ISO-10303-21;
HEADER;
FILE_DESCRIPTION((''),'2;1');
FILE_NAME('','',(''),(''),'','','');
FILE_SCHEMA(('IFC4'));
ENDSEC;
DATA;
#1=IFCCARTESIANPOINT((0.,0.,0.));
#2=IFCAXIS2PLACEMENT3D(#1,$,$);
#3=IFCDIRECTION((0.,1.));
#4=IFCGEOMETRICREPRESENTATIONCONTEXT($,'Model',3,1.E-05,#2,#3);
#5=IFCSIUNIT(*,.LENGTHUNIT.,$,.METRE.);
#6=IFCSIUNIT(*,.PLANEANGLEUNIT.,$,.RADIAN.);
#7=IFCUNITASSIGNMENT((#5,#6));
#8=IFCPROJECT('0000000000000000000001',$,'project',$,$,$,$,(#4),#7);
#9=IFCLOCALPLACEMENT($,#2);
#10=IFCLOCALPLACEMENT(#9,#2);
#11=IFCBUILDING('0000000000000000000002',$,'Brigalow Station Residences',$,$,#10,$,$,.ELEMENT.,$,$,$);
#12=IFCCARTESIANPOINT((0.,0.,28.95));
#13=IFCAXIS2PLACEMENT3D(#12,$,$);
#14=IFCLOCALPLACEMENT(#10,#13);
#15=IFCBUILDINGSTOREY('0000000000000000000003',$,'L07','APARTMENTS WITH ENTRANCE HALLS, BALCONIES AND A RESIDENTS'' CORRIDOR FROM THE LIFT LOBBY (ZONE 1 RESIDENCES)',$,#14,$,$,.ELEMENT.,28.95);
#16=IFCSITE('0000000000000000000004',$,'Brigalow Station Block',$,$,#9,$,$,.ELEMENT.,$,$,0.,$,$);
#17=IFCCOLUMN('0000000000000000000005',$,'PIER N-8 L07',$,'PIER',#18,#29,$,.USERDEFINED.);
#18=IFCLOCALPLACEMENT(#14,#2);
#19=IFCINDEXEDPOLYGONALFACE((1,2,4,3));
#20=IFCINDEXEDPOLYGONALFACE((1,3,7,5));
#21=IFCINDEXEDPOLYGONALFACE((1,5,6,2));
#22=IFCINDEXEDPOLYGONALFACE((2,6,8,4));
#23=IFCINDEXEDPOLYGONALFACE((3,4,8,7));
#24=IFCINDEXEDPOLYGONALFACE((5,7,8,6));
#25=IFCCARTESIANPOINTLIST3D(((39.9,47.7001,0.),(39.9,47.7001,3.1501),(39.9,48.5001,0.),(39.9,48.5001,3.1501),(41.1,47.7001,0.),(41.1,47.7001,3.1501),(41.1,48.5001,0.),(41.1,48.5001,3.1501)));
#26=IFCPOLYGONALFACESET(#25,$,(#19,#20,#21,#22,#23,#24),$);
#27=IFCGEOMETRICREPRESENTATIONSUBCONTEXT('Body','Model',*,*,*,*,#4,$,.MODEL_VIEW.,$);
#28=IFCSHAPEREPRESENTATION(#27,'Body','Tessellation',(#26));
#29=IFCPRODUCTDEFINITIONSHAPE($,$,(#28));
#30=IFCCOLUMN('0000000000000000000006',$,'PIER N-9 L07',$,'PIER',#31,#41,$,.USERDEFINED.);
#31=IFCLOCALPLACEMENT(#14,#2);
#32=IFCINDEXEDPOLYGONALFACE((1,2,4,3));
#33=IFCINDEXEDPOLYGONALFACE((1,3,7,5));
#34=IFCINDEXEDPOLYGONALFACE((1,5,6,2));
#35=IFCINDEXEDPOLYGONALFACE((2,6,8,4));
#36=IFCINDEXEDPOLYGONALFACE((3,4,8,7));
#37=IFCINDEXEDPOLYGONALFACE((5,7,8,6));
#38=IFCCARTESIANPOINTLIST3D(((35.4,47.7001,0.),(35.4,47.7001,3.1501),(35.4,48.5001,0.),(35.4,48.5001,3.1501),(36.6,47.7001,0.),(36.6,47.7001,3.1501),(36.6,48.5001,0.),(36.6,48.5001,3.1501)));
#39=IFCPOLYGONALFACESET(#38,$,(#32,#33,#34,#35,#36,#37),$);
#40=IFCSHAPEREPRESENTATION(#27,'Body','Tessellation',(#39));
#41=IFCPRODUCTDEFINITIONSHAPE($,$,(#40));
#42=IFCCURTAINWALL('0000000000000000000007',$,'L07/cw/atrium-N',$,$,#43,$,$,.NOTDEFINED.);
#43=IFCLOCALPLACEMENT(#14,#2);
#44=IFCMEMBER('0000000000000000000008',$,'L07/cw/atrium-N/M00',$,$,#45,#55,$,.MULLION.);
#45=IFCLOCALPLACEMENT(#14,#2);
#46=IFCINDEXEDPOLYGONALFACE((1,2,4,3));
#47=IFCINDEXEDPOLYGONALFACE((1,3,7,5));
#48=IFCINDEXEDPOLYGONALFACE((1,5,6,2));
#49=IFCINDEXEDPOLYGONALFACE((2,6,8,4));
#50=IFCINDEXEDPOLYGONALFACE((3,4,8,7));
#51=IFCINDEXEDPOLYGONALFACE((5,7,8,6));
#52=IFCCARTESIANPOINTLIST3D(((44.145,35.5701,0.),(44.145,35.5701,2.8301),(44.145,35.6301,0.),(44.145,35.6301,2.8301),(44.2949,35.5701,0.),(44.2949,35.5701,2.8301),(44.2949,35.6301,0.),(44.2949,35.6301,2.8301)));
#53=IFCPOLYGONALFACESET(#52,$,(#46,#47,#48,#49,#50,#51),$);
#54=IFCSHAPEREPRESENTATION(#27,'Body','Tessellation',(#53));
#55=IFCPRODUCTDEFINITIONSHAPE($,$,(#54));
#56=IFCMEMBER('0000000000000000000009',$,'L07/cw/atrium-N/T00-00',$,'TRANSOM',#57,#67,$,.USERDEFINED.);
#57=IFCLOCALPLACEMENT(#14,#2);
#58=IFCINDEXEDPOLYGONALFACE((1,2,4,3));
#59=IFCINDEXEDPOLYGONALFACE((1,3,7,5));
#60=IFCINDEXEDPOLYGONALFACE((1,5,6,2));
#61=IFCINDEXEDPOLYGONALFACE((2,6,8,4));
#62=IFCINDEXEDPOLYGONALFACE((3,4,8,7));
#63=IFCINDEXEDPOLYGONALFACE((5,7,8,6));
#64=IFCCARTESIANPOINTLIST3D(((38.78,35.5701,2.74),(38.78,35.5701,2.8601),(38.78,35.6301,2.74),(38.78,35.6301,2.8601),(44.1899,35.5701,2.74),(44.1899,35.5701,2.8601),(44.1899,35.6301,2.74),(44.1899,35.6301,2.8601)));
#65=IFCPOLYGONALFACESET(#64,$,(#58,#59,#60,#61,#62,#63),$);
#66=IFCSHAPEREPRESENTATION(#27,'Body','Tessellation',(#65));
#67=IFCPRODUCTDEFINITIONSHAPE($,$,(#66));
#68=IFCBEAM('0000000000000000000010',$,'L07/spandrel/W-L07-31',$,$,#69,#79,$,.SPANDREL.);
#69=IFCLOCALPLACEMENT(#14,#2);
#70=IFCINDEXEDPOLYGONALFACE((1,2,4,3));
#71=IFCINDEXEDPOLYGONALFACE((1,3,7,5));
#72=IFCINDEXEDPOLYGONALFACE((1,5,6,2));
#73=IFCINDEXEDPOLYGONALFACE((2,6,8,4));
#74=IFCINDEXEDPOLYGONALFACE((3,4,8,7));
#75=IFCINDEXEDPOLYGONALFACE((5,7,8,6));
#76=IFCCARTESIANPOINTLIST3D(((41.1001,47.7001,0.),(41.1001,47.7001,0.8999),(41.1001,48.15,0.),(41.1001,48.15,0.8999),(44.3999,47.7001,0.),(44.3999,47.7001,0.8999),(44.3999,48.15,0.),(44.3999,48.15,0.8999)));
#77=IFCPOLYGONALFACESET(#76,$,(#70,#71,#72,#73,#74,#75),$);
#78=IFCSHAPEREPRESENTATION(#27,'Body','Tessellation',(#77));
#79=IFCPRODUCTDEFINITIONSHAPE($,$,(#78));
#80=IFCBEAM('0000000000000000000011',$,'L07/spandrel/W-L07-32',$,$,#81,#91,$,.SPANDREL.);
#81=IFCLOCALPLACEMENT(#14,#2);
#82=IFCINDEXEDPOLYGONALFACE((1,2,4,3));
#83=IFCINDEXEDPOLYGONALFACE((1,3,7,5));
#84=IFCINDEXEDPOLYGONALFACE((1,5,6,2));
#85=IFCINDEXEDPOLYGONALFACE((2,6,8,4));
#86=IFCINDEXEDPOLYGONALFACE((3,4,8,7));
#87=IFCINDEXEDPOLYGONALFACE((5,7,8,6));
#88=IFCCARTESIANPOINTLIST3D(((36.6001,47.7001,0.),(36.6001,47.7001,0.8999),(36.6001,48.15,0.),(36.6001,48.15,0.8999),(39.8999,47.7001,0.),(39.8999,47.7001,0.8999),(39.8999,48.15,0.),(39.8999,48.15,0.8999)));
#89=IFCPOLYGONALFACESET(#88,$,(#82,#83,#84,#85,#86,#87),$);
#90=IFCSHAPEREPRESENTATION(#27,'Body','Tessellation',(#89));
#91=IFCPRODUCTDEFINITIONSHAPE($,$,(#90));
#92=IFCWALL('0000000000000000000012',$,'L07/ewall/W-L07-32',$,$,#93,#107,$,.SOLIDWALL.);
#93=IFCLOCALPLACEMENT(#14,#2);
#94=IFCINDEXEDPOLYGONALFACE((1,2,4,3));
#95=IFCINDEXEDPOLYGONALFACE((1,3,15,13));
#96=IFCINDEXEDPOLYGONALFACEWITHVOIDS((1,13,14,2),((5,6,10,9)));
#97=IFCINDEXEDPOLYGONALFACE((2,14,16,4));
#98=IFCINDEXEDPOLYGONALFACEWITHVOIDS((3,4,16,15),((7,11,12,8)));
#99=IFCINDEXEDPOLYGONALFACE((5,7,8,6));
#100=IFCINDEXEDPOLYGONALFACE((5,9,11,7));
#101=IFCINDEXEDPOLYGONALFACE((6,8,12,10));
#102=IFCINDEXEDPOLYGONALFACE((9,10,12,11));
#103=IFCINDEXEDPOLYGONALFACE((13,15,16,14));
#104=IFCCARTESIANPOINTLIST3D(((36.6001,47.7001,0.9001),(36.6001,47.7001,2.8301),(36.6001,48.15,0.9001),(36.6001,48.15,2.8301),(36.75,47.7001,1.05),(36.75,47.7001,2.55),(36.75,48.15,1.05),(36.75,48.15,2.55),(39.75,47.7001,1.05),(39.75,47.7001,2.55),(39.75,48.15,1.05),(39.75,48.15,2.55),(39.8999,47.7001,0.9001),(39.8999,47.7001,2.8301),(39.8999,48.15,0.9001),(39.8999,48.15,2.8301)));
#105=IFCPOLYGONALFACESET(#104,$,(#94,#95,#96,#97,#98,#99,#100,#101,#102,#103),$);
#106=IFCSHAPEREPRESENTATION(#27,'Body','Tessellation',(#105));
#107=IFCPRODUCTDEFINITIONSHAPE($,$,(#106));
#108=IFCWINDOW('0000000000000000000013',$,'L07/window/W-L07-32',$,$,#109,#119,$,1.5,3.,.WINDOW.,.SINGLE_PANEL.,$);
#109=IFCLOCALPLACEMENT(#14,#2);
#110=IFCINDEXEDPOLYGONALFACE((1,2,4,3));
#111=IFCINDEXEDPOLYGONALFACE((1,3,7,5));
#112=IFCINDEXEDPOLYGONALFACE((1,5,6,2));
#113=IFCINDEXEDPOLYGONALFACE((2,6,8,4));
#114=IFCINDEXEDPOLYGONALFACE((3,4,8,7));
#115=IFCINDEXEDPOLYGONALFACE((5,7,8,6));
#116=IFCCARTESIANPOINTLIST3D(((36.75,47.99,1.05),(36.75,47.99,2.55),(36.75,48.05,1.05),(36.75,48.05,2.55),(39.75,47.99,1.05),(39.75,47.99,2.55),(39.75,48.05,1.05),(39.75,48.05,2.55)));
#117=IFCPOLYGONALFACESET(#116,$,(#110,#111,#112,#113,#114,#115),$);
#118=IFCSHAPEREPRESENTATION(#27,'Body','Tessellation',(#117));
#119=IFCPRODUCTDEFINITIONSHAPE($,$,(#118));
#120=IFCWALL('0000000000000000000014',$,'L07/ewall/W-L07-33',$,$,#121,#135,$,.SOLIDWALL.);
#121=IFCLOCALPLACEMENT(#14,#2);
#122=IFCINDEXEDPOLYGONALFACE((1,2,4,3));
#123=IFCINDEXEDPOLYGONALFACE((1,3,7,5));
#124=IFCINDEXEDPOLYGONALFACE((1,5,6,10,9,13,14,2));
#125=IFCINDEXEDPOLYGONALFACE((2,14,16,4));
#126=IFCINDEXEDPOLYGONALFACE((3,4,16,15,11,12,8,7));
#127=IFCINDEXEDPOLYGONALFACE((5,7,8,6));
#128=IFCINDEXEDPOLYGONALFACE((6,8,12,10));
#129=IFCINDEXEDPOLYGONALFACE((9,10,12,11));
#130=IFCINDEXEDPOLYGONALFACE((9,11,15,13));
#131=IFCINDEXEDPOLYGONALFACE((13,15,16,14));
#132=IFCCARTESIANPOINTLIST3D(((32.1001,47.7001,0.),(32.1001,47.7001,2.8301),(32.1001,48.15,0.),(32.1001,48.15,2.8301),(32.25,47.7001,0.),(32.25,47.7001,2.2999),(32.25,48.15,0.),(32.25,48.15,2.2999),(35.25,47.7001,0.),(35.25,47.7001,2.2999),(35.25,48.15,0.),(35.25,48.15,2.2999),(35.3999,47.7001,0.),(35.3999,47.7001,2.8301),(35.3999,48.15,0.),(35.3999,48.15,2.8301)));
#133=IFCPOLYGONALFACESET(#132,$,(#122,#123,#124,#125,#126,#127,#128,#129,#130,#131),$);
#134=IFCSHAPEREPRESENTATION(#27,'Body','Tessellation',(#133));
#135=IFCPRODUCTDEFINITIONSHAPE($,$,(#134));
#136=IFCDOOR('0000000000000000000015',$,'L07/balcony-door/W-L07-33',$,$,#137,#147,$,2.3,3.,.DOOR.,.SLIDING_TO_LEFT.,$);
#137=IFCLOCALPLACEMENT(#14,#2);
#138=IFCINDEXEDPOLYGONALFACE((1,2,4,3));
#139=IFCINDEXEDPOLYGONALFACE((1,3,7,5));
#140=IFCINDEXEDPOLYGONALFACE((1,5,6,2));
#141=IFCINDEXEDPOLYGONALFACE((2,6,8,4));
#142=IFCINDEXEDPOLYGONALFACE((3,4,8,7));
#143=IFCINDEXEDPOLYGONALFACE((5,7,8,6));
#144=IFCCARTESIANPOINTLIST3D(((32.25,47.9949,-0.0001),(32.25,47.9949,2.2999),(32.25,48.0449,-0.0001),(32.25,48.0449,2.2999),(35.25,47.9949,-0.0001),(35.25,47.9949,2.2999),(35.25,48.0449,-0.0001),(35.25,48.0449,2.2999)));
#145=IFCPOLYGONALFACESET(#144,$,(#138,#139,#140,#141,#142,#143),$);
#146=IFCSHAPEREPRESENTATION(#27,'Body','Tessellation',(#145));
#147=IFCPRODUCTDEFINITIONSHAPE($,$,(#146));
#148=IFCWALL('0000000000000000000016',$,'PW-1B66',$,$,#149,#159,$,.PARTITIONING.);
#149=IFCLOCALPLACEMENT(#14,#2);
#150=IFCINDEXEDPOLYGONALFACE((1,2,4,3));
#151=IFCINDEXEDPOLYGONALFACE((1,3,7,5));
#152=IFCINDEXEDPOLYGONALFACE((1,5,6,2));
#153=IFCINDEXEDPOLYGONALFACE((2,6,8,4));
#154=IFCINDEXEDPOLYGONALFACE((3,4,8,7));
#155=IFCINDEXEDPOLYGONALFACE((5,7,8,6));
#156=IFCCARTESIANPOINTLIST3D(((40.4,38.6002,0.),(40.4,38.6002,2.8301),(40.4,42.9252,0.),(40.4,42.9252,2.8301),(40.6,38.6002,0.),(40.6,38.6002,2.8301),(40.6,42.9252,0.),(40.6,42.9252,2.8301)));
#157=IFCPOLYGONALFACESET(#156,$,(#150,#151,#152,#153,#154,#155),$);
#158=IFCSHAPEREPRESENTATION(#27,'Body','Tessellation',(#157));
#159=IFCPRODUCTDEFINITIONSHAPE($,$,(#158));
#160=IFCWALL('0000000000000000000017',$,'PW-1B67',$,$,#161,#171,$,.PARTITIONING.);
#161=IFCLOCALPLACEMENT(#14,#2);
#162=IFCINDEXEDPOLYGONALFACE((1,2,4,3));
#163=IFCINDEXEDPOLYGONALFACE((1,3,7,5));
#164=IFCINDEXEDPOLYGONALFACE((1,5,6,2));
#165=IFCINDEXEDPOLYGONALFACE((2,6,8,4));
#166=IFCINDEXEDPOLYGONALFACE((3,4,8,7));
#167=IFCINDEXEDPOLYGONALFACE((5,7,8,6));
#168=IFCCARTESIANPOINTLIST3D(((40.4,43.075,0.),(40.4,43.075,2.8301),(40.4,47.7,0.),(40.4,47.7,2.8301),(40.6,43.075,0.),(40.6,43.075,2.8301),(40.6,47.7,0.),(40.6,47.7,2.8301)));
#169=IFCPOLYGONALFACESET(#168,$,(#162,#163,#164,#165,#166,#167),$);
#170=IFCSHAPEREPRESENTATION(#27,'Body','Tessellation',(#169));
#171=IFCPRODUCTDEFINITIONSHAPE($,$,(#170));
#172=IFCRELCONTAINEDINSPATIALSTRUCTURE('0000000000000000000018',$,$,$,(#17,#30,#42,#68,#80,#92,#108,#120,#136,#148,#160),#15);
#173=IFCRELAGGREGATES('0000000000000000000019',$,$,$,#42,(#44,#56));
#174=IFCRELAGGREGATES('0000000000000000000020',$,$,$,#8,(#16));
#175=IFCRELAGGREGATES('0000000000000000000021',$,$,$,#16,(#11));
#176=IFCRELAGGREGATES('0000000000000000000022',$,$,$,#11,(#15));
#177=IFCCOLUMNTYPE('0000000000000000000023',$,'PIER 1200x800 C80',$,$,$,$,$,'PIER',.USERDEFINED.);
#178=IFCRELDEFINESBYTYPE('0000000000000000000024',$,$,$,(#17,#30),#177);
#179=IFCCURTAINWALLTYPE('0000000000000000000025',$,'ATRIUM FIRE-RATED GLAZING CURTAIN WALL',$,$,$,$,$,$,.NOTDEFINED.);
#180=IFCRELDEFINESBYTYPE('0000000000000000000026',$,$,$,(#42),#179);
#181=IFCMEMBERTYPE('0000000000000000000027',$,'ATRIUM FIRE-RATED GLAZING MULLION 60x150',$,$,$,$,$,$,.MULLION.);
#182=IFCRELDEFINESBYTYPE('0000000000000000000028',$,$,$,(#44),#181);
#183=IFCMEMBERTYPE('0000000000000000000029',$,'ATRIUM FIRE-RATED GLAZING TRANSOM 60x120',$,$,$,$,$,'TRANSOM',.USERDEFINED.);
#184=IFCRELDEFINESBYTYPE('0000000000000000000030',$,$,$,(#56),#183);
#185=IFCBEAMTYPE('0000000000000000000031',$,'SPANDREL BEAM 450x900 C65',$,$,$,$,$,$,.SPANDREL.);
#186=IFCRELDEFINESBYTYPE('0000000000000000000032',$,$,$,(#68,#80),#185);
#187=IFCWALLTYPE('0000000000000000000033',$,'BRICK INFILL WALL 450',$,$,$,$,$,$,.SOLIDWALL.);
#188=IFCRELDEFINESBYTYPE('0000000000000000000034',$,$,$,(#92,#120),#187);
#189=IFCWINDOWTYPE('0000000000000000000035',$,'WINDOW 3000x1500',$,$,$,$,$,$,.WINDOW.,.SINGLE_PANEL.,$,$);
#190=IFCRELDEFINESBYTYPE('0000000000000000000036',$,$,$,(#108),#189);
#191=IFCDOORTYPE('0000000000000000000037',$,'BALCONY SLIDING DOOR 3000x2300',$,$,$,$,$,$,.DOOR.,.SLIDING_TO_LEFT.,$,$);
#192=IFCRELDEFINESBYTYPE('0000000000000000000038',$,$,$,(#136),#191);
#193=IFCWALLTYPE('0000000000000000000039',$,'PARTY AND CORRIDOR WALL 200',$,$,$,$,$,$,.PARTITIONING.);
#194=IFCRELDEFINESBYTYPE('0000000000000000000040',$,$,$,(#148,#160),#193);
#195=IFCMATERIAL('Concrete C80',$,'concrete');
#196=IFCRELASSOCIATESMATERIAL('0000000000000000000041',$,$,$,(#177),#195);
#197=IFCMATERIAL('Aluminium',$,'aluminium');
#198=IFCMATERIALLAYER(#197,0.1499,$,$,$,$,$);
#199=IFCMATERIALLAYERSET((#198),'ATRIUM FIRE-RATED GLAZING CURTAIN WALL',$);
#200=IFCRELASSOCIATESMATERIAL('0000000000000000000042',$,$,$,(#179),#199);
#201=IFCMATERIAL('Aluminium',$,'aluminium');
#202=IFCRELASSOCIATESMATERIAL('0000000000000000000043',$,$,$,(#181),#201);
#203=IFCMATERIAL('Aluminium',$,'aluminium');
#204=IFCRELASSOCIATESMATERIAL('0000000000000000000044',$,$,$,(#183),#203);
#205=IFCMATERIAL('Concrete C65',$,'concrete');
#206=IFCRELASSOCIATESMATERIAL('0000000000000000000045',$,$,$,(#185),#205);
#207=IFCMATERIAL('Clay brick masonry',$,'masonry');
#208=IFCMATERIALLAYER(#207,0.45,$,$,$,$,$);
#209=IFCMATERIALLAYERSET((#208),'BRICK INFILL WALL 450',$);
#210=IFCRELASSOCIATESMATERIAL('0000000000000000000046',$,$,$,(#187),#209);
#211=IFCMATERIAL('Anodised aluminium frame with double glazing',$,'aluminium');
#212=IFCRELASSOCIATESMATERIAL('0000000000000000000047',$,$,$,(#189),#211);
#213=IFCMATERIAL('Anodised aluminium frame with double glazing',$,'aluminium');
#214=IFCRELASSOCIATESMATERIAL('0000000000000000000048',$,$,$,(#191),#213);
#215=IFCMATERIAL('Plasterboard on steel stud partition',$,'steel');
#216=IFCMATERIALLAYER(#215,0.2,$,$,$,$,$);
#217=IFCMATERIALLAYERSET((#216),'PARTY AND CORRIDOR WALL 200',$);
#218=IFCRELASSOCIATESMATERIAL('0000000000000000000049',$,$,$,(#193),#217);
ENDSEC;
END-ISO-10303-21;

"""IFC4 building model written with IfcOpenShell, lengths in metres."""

from ifc_helpers import new_model, si_unit, direction, frame, frame_2d, origin, origin_2d, place, context, subcontext, project, spatial, rectangle, extrude, material, layer, layer_set, material_profile, profile_set, type_object, element, fill, aggregate, save


model = new_model("IFC4")

# Units and contexts
model_context = context("Model", 3, precision=1e-05, world=origin(), true_north=direction((0.0, 1.0)))
body_context = subcontext(model_context, "Body", "Model", "MODEL_VIEW")
ifc_project = project(units=[si_unit("LENGTHUNIT", "METRE"), si_unit("PLANEANGLEUNIT", "RADIAN")], contexts=[model_context])

# Site, building, storey
site_placement = place(None, origin())
site = spatial("IfcSite", under=ifc_project, at=site_placement, Name="Brigalow Station Block", CompositionType="ELEMENT", RefElevation=0.0)
building_placement = place(site_placement, origin())
building = spatial("IfcBuilding", under=site, at=building_placement, Name="Brigalow Station Residences", CompositionType="ELEMENT")
storey_placement = place(building_placement, frame((0.0, 0.0, 28.95)))
storey = spatial("IfcBuildingStorey", under=building, at=storey_placement, Name="L07", Description="APARTMENTS WITH ENTRANCE HALLS, BALCONIES AND A RESIDENTS' CORRIDOR FROM THE LIFT LOBBY (ZONE 1 RESIDENCES)", CompositionType="ELEMENT", Elevation=28.95)

# Columns
ifc_material_1 = material(Name="Concrete C80", Category="concrete")
ifc_material_profile_1 = material_profile(ifc_material_1, rectangle(XDim=1.2, YDim=0.8, at=origin_2d()), Name="RC1200x800")
ifc_profile_set_1 = profile_set([ifc_material_profile_1], Name="Concrete C80")
column_type = type_object("IfcColumnType", Name="PIER 1200x800 C80", ElementType="PIER", PredefinedType="USERDEFINED", material=ifc_profile_set_1)
for number, where, z_axis, x_axis, name in (
    (1, (40.5, 48.1001, 0.0), (0.0, 0.0, 1.0), (-1.0, 0.0, 0.0), "PIER N-8 L07"),
    (2, (36.0, 48.1001, 0.0), (0.0, 0.0, 1.0), (-1.0, 0.0, 0.0), "PIER N-9 L07"),
):
    element("IfcColumn", number, at=place(storey_placement, frame(where, z_axis=z_axis, x_axis=x_axis)), inside=storey, type_object=column_type, Name=name, ObjectType="PIER", PredefinedType="USERDEFINED", context=body_context, shape_type="SweptSolid", body=[
        extrude(rectangle(XDim=1.2, YDim=0.8, at=origin_2d()), origin(), (0.0, 0.0, 1.0), 3.1501),
    ])

# Curtain wall, members
ifc_material_2 = material(Name="Aluminium", Category="aluminium")
ifc_layer_1 = layer(ifc_material_2, 0.1499)
ifc_layer_set_1 = layer_set([ifc_layer_1], Name="ATRIUM FIRE-RATED GLAZING CURTAIN WALL")
curtain_wall_type = type_object("IfcCurtainWallType", Name="ATRIUM FIRE-RATED GLAZING CURTAIN WALL", PredefinedType="NOTDEFINED", material=ifc_layer_set_1)
curtain_wall_placement = place(storey_placement, origin())
curtain_wall = element("IfcCurtainWall", 3, at=curtain_wall_placement, inside=storey, type_object=curtain_wall_type, Name="L07/cw/atrium-N", PredefinedType="NOTDEFINED")
ifc_material_3 = material(Name="Aluminium", Category="aluminium")
ifc_material_profile_2 = material_profile(ifc_material_3, rectangle(XDim=0.0601, YDim=0.1499, at=origin_2d()), Name="ATRIUM FIRE-RATED GLAZING MULLION 60x150")
ifc_profile_set_2 = profile_set([ifc_material_profile_2], Name="Aluminium")
member_type_1 = type_object("IfcMemberType", Name="ATRIUM FIRE-RATED GLAZING MULLION 60x150", PredefinedType="MULLION", material=ifc_profile_set_2)
member_1_placement = place(storey_placement, frame((44.22, 35.6001, 0.0), z_axis=(0.0, 0.0, 1.0), x_axis=(0.0, -1.0, 0.0)))
member_1 = element("IfcMember", 4, at=member_1_placement, type_object=member_type_1, Name="L07/cw/atrium-N/M00", PredefinedType="MULLION", context=body_context, shape_type="SweptSolid", body=[
    extrude(rectangle(XDim=0.0601, YDim=0.1499, at=origin_2d()), origin(), (0.0, 0.0, 1.0), 2.8301),
])
ifc_material_4 = material(Name="Aluminium", Category="aluminium")
ifc_material_profile_3 = material_profile(ifc_material_4, rectangle(XDim=0.0601, YDim=0.1201, at=origin_2d()), Name="ATRIUM FIRE-RATED GLAZING TRANSOM 60x120")
ifc_profile_set_3 = profile_set([ifc_material_profile_3], Name="Aluminium")
member_type_2 = type_object("IfcMemberType", Name="ATRIUM FIRE-RATED GLAZING TRANSOM 60x120", ElementType="TRANSOM", PredefinedType="USERDEFINED", material=ifc_profile_set_3)
member_2_placement = place(storey_placement, frame((44.1899, 35.6001, 2.8), z_axis=(-1.0, 0.0, 0.0), x_axis=(0.0, -1.0, 0.0)))
member_2 = element("IfcMember", 5, at=member_2_placement, type_object=member_type_2, Name="L07/cw/atrium-N/T00-00", ObjectType="TRANSOM", PredefinedType="USERDEFINED", context=body_context, shape_type="SweptSolid", body=[
    extrude(rectangle(XDim=0.0601, YDim=0.1201, at=origin_2d()), origin(), (0.0, 0.0, 1.0), 5.4099),
])
aggregate(curtain_wall, [member_1, member_2])

# Beams
ifc_material_5 = material(Name="Concrete C65", Category="concrete")
ifc_material_profile_4 = material_profile(ifc_material_5, rectangle(XDim=0.45, YDim=0.8999, at=origin_2d()), Name="RC450x900")
ifc_profile_set_4 = profile_set([ifc_material_profile_4], Name="Concrete C65")
beam_type = type_object("IfcBeamType", Name="SPANDREL BEAM 450x900 C65", PredefinedType="SPANDREL", material=ifc_profile_set_4)
for number, where, z_axis, x_axis, name in (
    (6, (44.3999, 47.925, 0.45), (-1.0, 0.0, 0.0), (0.0, -1.0, 0.0), "L07/spandrel/W-L07-31"),
    (7, (39.8999, 47.925, 0.45), (-1.0, 0.0, 0.0), (0.0, -1.0, 0.0), "L07/spandrel/W-L07-32"),
):
    element("IfcBeam", number, at=place(storey_placement, frame(where, z_axis=z_axis, x_axis=x_axis)), inside=storey, type_object=beam_type, Name=name, PredefinedType="SPANDREL", context=body_context, shape_type="SweptSolid", body=[
        extrude(rectangle(XDim=0.45, YDim=0.8999, at=origin_2d()), origin(), (0.0, 0.0, 1.0), 3.2998),
    ])

# Wall, opening, window
ifc_material_6 = material(Name="Clay brick masonry", Category="masonry")
ifc_layer_2 = layer(ifc_material_6, 0.45)
ifc_layer_set_2 = layer_set([ifc_layer_2], Name="BRICK INFILL WALL 450")
wall_type_1 = type_object("IfcWallType", Name="BRICK INFILL WALL 450", PredefinedType="SOLIDWALL", material=ifc_layer_set_2)
wall_1_placement = place(storey_placement, frame((39.8999, 47.925, 0.9001), z_axis=(0.0, 0.0, 1.0), x_axis=(-1.0, 0.0, 0.0)))
wall_1 = element("IfcWall", 8, at=wall_1_placement, inside=storey, type_object=wall_type_1, Name="L07/ewall/W-L07-32", PredefinedType="SOLIDWALL", context=body_context, shape_type="SweptSolid", body=[
    extrude(rectangle(XDim=3.2998, YDim=0.45, at=frame_2d((1.6499, 0.0))), origin(), (0.0, 0.0, 1.0), 1.9299),
])
opening_1_placement = place(wall_1_placement, frame((0.1499, 0.0, 0.1499)))
opening_1 = element("IfcOpeningElement", 9, at=opening_1_placement, cuts=wall_1, PredefinedType="OPENING", context=body_context, shape_type="SweptSolid", body=[
    extrude(rectangle(XDim=3.0, YDim=1.5, at=frame_2d((1.5, 0.75))), frame((0.0, 0.2349, 0.0), z_axis=(0.0, -1.0, 0.0), x_axis=(1.0, 0.0, 0.0)), (0.0, 0.0, 1.0), 0.47),
])
ifc_material_7 = material(Name="Anodised aluminium frame with double glazing", Category="aluminium")
window_type = type_object("IfcWindowType", Name="WINDOW 3000x1500", PartitioningType="SINGLE_PANEL", PredefinedType="WINDOW", material=ifc_material_7)
window_placement = place(opening_1_placement, origin())
window = element("IfcWindow", 10, at=window_placement, inside=storey, type_object=window_type, Name="L07/window/W-L07-32", OverallHeight=1.5, OverallWidth=3.0, PartitioningType="SINGLE_PANEL", PredefinedType="WINDOW", context=body_context, shape_type="SweptSolid", body=[
    extrude(rectangle(XDim=3.0, YDim=1.5, at=frame_2d((1.5, 0.75))), frame((0.0, -0.0649, 0.0), z_axis=(0.0, -1.0, 0.0), x_axis=(1.0, 0.0, 0.0)), (0.0, 0.0, 1.0), 0.0601),
])
fill(opening_1, window)

# Wall, opening, door
wall_2_placement = place(storey_placement, frame((35.3999, 47.925, 0.0), z_axis=(0.0, 0.0, 1.0), x_axis=(-1.0, 0.0, 0.0)))
wall_2 = element("IfcWall", 11, at=wall_2_placement, inside=storey, type_object=wall_type_1, Name="L07/ewall/W-L07-33", PredefinedType="SOLIDWALL", context=body_context, shape_type="SweptSolid", body=[
    extrude(rectangle(XDim=3.2998, YDim=0.45, at=frame_2d((1.6499, 0.0))), origin(), (0.0, 0.0, 1.0), 2.8301),
])
opening_2_placement = place(wall_2_placement, frame((0.1499, 0.0, 0.0)))
opening_2 = element("IfcOpeningElement", 12, at=opening_2_placement, cuts=wall_2, PredefinedType="OPENING", context=body_context, shape_type="SweptSolid", body=[
    extrude(rectangle(XDim=3.0, YDim=2.3, at=frame_2d((1.5, 1.1499))), frame((0.0, 0.2349, 0.0), z_axis=(0.0, -1.0, 0.0), x_axis=(1.0, 0.0, 0.0)), (0.0, 0.0, 1.0), 0.47),
])
ifc_material_8 = material(Name="Anodised aluminium frame with double glazing", Category="aluminium")
door_type = type_object("IfcDoorType", Name="BALCONY SLIDING DOOR 3000x2300", OperationType="SLIDING_TO_LEFT", PredefinedType="DOOR", material=ifc_material_8)
door_placement = place(opening_2_placement, origin())
door = element("IfcDoor", 13, at=door_placement, inside=storey, type_object=door_type, Name="L07/balcony-door/W-L07-33", OperationType="SLIDING_TO_LEFT", OverallHeight=2.3, OverallWidth=3.0, PredefinedType="DOOR", context=body_context, shape_type="SweptSolid", body=[
    extrude(rectangle(XDim=3.0, YDim=2.3, at=frame_2d((1.5, 1.1499))), frame((0.0, -0.0698, 0.0), z_axis=(0.0, -1.0, 0.0), x_axis=(1.0, 0.0, 0.0)), (0.0, 0.0, 1.0), 0.05),
])
fill(opening_2, door)

# Walls
ifc_material_9 = material(Name="Plasterboard on steel stud partition", Category="steel")
ifc_layer_3 = layer(ifc_material_9, 0.2)
ifc_layer_set_3 = layer_set([ifc_layer_3], Name="PARTY AND CORRIDOR WALL 200")
wall_type_2 = type_object("IfcWallType", Name="PARTY AND CORRIDOR WALL 200", PredefinedType="PARTITIONING", material=ifc_layer_set_3)
wall_3_placement = place(storey_placement, frame((40.5, 38.6001, 0.0), z_axis=(0.0, 0.0, 1.0), x_axis=(0.0, 1.0, 0.0)))
element("IfcWall", 14, at=wall_3_placement, inside=storey, type_object=wall_type_2, Name="PW-1B66", PredefinedType="PARTITIONING", context=body_context, shape_type="SweptSolid", body=[
    extrude(rectangle(XDim=4.325, YDim=0.2, at=frame_2d((2.1626, 0.0))), origin(), (0.0, 0.0, 1.0), 2.8301),
])
wall_4_placement = place(storey_placement, frame((40.5, 43.075, 0.0), z_axis=(0.0, 0.0, 1.0), x_axis=(0.0, 1.0, 0.0)))
element("IfcWall", 15, at=wall_4_placement, inside=storey, type_object=wall_type_2, Name="PW-1B67", PredefinedType="PARTITIONING", context=body_context, shape_type="SweptSolid", body=[
    extrude(rectangle(XDim=4.625, YDim=0.2, at=frame_2d((2.3125, 0.0))), origin(), (0.0, 0.0, 1.0), 2.8301),
])

save(model, "model.ifc")
